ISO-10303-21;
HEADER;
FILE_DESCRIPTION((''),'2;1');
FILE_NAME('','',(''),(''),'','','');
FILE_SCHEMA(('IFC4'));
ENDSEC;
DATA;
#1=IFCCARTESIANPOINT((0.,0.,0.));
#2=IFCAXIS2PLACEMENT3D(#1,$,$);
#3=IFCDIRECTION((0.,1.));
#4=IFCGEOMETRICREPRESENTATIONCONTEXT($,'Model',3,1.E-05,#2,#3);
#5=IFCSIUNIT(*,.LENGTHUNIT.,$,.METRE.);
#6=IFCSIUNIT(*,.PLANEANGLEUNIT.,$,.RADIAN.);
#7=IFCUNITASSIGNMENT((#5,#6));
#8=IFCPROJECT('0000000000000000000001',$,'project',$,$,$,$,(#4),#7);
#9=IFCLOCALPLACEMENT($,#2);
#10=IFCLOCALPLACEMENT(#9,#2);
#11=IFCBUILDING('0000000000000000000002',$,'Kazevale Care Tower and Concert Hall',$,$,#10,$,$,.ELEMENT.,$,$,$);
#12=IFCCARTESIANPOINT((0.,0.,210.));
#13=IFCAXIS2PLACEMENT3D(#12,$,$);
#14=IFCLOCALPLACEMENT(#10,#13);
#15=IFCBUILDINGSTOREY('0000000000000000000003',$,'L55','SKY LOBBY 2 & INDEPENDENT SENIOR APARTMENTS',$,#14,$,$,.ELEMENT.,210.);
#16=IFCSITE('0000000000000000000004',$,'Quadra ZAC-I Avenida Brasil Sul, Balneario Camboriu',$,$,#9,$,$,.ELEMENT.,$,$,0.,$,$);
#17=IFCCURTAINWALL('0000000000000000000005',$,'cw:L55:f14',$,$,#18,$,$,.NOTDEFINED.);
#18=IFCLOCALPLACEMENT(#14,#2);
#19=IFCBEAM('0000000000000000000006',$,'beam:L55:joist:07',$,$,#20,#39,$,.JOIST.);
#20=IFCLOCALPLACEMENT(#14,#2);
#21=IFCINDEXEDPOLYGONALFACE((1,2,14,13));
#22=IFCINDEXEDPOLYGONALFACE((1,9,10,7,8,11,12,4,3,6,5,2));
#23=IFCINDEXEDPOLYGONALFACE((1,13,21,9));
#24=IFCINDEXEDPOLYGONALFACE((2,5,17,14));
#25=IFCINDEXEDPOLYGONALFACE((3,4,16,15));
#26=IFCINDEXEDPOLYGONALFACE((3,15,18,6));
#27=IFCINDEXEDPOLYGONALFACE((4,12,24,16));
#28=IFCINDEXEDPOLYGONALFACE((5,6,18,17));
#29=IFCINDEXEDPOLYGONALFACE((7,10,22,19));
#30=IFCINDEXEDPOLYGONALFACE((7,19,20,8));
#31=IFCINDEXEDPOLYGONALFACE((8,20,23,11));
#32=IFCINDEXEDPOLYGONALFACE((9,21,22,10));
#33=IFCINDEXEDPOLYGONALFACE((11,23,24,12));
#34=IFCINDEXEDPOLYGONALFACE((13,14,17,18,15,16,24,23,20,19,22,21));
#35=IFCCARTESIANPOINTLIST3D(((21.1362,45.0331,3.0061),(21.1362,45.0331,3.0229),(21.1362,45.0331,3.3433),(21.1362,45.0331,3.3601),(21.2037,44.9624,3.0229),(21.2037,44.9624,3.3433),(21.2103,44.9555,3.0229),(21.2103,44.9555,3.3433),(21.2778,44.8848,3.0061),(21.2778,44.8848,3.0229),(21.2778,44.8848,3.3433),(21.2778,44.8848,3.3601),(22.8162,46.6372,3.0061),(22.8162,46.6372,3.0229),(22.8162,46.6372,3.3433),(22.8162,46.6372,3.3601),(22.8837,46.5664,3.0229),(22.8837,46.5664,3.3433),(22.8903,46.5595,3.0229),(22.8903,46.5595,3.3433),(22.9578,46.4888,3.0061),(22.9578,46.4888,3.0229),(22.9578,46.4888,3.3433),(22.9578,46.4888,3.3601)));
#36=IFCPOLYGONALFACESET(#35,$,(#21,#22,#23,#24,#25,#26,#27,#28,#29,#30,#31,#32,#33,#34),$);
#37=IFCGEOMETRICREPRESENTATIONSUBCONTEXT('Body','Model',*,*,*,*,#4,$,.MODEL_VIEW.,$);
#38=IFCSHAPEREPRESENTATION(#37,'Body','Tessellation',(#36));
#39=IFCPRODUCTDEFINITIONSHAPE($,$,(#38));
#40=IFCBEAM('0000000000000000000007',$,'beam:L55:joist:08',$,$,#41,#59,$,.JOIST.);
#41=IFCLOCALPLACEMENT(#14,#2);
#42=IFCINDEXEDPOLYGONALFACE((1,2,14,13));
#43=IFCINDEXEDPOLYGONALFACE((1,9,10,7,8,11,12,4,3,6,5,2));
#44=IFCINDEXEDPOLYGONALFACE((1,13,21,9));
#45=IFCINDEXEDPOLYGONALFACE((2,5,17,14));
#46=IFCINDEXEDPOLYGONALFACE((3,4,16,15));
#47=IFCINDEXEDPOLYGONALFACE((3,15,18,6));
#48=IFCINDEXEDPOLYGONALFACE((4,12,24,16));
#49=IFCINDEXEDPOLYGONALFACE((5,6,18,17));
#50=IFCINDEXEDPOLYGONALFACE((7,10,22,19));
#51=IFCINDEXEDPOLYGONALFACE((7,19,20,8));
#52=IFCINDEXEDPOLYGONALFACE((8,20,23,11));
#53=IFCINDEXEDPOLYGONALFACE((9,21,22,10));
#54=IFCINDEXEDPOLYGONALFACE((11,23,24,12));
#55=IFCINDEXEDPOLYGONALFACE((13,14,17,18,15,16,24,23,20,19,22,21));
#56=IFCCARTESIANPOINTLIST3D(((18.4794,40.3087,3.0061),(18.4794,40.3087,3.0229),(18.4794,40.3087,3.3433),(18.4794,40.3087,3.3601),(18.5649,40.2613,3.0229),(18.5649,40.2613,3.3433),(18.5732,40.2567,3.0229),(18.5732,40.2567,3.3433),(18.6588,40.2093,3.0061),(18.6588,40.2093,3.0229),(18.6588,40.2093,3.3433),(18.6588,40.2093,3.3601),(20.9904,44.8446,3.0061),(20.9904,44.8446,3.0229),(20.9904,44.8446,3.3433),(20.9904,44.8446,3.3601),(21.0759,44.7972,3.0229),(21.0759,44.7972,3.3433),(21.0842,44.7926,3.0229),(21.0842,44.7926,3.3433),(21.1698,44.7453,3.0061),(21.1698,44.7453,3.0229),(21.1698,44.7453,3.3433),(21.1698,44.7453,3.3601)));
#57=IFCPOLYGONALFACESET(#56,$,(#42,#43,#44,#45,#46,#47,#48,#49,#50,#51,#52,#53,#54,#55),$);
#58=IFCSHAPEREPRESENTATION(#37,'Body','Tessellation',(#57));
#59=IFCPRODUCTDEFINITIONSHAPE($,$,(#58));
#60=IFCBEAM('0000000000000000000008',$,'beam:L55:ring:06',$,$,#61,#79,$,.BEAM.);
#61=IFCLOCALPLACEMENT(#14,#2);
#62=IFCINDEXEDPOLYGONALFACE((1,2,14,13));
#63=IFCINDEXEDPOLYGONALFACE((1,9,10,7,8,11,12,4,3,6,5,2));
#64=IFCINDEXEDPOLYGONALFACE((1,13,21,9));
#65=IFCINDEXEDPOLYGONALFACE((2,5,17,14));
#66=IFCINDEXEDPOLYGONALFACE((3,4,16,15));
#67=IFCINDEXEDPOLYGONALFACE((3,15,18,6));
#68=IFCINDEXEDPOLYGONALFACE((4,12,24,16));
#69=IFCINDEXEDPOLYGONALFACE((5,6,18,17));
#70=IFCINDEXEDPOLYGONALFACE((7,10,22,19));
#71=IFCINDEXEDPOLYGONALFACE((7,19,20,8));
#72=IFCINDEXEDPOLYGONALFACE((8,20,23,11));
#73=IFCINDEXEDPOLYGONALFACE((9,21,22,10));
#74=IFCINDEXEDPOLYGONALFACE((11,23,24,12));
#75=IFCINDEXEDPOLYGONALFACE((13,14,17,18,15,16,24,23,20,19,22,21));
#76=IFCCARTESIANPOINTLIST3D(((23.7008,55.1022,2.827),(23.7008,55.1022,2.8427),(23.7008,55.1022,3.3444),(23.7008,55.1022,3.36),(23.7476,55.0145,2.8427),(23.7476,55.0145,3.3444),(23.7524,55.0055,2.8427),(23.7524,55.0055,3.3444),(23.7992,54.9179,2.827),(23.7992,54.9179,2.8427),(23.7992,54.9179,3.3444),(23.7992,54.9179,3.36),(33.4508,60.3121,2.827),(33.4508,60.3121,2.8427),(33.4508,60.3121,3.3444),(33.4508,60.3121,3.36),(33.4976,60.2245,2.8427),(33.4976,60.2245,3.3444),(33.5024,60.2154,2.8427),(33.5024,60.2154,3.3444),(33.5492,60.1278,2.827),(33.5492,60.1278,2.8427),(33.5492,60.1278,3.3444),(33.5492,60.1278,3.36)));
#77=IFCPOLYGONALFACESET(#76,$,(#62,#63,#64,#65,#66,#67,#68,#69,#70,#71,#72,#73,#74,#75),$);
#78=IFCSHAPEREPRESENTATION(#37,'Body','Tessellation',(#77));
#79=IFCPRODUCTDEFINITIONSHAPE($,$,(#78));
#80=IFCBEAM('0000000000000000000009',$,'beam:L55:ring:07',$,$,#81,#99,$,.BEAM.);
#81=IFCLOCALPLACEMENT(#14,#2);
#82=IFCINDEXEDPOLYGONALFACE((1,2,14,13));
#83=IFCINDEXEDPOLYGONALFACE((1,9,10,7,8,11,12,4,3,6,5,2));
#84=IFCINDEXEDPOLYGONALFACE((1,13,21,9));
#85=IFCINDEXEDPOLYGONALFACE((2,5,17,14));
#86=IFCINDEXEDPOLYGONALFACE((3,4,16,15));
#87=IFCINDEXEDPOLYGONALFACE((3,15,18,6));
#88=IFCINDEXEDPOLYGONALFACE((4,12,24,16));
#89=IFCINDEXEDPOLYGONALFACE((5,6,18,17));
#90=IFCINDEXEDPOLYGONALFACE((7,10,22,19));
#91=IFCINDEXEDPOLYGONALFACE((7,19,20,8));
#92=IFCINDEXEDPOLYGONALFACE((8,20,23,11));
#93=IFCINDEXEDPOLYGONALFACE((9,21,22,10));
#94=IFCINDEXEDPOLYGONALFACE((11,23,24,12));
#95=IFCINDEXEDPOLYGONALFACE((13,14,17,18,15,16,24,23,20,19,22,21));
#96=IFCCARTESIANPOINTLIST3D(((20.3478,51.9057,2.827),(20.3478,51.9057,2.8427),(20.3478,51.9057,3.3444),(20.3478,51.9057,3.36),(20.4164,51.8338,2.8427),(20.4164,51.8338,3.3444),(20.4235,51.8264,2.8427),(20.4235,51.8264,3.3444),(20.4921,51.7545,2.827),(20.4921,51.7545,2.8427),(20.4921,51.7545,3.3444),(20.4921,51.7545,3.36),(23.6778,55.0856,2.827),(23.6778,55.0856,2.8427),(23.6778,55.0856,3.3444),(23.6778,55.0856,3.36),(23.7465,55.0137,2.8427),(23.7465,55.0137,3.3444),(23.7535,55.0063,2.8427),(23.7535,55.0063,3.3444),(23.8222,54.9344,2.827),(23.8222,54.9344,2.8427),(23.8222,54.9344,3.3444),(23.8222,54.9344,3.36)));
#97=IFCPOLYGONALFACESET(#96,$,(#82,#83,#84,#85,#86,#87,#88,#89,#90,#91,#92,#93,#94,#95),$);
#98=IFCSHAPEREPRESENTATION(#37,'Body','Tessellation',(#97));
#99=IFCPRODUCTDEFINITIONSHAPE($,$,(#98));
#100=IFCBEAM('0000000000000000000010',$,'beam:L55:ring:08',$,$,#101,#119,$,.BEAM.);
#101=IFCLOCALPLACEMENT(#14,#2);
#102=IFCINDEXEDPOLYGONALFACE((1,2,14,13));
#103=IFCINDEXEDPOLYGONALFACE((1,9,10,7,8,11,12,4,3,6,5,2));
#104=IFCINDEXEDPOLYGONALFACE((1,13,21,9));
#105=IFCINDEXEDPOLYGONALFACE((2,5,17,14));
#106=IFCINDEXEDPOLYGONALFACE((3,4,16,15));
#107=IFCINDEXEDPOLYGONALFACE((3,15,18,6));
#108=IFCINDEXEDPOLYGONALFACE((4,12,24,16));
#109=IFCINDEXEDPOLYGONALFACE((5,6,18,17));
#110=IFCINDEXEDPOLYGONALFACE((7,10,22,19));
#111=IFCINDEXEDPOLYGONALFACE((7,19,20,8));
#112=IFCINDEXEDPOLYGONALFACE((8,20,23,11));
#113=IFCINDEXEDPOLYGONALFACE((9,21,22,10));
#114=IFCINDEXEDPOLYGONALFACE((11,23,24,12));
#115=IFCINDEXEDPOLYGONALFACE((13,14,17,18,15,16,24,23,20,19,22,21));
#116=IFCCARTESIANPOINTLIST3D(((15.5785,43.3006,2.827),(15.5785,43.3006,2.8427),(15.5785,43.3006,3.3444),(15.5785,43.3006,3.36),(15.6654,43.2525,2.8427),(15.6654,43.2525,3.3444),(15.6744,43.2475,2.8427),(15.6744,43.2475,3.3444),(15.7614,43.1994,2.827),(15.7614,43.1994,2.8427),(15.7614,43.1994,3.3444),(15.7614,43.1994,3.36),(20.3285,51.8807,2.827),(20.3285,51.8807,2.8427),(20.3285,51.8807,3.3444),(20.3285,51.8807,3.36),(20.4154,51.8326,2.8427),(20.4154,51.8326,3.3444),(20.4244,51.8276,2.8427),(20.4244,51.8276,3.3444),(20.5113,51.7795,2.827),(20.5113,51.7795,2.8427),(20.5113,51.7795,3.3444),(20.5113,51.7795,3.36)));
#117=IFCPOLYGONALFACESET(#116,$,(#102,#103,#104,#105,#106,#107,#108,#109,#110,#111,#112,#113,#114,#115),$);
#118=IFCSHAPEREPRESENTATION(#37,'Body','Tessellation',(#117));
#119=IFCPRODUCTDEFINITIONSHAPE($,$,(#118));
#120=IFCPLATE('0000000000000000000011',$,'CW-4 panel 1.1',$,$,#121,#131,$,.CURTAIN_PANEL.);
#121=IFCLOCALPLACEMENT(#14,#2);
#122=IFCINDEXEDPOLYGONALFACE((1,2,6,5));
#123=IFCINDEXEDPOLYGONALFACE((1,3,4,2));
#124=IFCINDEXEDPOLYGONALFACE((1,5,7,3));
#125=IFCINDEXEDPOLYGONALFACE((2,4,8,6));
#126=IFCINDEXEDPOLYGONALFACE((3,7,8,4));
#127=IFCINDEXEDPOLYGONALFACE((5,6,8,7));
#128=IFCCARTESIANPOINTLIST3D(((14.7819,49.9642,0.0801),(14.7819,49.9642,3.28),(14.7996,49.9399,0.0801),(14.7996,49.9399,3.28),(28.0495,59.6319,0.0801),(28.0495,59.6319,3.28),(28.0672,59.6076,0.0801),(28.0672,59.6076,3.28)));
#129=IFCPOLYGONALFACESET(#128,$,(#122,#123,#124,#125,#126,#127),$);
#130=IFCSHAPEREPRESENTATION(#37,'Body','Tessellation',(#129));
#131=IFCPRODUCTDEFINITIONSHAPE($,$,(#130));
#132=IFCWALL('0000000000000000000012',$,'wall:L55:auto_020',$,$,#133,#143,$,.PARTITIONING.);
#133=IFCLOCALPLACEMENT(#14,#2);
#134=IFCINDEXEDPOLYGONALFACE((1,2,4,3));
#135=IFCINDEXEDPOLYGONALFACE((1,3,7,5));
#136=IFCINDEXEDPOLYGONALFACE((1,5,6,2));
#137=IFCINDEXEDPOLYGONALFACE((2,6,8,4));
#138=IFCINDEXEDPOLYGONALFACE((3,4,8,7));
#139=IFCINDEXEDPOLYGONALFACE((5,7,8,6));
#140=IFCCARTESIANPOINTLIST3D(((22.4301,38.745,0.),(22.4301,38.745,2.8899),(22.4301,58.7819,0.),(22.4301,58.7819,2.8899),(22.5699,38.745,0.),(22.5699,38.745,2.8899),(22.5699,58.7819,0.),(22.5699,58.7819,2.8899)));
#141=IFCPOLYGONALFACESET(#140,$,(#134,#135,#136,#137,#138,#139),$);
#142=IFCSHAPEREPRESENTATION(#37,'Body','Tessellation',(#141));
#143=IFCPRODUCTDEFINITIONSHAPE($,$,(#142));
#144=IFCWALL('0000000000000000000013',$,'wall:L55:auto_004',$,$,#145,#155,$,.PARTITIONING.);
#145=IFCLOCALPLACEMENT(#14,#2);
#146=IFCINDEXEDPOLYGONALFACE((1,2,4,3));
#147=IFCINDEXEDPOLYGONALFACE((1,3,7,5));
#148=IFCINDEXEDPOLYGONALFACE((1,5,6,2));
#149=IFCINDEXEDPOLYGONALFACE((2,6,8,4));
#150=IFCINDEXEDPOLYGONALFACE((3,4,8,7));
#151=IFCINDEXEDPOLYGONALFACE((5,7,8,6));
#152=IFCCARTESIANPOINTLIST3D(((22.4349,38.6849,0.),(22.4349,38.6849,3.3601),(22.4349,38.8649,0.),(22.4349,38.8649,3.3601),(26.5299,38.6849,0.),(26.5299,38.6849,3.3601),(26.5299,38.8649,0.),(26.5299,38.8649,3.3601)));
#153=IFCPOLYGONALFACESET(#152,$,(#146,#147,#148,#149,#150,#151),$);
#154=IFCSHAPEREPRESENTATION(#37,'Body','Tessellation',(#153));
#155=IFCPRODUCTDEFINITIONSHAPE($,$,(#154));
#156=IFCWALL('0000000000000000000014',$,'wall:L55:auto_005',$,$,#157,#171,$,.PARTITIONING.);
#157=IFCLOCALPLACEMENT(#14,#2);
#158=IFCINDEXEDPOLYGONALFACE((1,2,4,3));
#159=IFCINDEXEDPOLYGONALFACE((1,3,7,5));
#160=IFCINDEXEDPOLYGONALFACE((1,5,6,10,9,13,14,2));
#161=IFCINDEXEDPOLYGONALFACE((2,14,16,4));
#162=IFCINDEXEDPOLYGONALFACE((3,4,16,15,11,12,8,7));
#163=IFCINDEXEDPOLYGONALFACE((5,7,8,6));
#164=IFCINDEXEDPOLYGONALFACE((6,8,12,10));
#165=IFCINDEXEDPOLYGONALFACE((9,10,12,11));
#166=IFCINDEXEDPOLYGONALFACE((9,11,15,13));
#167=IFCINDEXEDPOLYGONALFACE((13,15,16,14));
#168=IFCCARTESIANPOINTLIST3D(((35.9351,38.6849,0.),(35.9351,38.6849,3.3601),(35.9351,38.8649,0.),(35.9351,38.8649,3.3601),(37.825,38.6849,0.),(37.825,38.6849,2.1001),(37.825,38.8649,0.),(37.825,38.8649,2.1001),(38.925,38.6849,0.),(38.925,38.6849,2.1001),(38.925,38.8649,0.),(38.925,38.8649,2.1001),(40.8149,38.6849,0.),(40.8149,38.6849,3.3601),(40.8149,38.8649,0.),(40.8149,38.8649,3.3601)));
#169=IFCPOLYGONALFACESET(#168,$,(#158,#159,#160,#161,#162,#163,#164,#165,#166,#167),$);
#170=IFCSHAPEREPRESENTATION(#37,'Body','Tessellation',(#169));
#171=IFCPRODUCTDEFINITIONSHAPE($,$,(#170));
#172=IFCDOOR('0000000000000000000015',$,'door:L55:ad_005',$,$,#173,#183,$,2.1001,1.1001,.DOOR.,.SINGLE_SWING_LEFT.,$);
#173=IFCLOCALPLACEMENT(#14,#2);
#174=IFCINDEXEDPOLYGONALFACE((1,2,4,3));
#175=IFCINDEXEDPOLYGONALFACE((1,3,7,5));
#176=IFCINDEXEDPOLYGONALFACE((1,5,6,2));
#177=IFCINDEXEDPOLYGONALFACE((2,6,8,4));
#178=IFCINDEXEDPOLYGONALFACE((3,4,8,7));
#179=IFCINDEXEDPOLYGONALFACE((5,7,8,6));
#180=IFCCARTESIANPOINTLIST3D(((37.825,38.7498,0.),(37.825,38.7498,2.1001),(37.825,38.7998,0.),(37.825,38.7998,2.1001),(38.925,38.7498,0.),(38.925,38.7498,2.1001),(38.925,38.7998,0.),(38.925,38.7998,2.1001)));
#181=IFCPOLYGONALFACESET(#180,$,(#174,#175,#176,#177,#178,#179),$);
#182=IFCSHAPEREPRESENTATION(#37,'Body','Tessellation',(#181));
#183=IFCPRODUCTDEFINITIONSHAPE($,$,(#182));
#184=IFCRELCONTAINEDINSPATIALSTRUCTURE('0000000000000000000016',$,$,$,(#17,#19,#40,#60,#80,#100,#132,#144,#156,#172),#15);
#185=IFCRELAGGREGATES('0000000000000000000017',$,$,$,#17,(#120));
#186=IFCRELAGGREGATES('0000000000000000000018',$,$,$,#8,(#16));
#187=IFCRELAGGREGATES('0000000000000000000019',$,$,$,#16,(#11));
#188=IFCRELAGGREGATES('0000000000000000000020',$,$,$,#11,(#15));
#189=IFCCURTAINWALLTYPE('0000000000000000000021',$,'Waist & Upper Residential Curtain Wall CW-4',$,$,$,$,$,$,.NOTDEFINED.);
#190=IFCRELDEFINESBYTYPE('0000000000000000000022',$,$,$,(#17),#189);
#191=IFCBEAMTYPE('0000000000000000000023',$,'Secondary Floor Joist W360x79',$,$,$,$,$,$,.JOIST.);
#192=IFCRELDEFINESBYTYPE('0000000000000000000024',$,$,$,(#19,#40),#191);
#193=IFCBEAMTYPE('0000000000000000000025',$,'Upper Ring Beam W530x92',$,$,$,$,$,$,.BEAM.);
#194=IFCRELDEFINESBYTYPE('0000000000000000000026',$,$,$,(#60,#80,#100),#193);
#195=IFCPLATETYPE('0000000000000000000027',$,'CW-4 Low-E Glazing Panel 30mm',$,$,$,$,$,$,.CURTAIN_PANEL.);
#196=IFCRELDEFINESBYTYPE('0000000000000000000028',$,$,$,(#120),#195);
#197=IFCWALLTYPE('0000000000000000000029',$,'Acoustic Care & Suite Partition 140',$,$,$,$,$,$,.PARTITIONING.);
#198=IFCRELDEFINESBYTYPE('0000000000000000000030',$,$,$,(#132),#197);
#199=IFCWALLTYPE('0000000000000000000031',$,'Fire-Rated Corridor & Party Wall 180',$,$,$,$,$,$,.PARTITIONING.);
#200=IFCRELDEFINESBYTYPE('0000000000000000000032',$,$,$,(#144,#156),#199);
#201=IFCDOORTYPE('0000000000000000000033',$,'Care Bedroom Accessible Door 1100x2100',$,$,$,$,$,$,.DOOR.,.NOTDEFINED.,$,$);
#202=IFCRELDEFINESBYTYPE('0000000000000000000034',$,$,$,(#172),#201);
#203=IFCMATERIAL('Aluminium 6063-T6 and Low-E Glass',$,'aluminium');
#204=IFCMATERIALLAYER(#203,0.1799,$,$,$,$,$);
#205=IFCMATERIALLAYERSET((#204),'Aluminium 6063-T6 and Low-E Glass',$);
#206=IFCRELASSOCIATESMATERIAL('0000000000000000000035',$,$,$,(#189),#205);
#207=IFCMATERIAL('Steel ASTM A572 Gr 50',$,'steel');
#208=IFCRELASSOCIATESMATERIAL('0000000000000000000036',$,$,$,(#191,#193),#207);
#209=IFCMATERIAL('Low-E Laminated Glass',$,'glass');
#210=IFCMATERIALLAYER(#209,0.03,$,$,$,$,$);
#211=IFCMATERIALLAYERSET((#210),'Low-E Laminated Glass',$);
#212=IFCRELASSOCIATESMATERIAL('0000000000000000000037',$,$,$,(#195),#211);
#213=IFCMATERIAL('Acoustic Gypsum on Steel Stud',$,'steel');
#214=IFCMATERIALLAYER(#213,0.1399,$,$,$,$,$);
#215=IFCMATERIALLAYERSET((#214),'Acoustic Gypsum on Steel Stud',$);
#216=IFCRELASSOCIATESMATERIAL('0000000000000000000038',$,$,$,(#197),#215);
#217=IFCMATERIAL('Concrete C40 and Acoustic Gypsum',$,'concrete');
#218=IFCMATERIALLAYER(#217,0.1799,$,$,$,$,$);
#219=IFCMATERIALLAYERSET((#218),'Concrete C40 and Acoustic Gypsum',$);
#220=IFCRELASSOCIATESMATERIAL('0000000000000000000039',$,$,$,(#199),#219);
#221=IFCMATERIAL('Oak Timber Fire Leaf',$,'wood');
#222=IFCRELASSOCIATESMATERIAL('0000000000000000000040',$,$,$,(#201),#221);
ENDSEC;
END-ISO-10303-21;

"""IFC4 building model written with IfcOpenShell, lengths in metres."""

from ifc_helpers import new_model, si_unit, direction, frame, frame_2d, origin, origin_2d, place, context, subcontext, project, spatial, rectangle, i_section, extrude, material, layer, layer_set, material_profile, profile_set, type_object, element, fill, aggregate, save


model = new_model("IFC4")

# Units and contexts
model_context = context("Model", 3, precision=1e-05, world=origin(), true_north=direction((0.0, 1.0)))
body_context = subcontext(model_context, "Body", "Model", "MODEL_VIEW")
ifc_project = project(units=[si_unit("LENGTHUNIT", "METRE"), si_unit("PLANEANGLEUNIT", "RADIAN")], contexts=[model_context])

# Site, building, storey
site_placement = place(None, origin())
site = spatial("IfcSite", under=ifc_project, at=site_placement, Name="Quadra ZAC-I Avenida Brasil Sul, Balneario Camboriu", CompositionType="ELEMENT", RefElevation=0.0)
building_placement = place(site_placement, origin())
building = spatial("IfcBuilding", under=site, at=building_placement, Name="Kazevale Care Tower and Concert Hall", CompositionType="ELEMENT")
storey_placement = place(building_placement, frame((0.0, 0.0, 210.0)))
storey = spatial("IfcBuildingStorey", under=building, at=storey_placement, Name="L55", Description="SKY LOBBY 2 & INDEPENDENT SENIOR APARTMENTS", CompositionType="ELEMENT", Elevation=210.0)

# Curtain wall
ifc_material_1 = material(Name="Aluminium 6063-T6 and Low-E Glass", Category="aluminium")
ifc_layer_1 = layer(ifc_material_1, 0.1799)
ifc_layer_set_1 = layer_set([ifc_layer_1], Name="Aluminium 6063-T6 and Low-E Glass")
curtain_wall_type = type_object("IfcCurtainWallType", Name="Waist & Upper Residential Curtain Wall CW-4", PredefinedType="NOTDEFINED", material=ifc_layer_set_1)
curtain_wall_placement = place(storey_placement, origin())
curtain_wall = element("IfcCurtainWall", 1, at=curtain_wall_placement, inside=storey, type_object=curtain_wall_type, Name="cw:L55:f14", PredefinedType="NOTDEFINED")

# Beams
ifc_material_2 = material(Name="Steel ASTM A572 Gr 50", Category="steel")
ifc_material_profile_1 = material_profile(ifc_material_2, i_section(OverallWidth=0.2051, OverallDepth=0.354, WebThickness=0.0095, FlangeThickness=0.0168, at=origin_2d()), Name="W360x79")
ifc_profile_set_1 = profile_set([ifc_material_profile_1], Name="Steel ASTM A572 Gr 50")
beam_type_1 = type_object("IfcBeamType", Name="Secondary Floor Joist W360x79", PredefinedType="JOIST", material=ifc_profile_set_1)
beam_1_placement = place(storey_placement, frame((22.887, 46.563, 3.1831), z_axis=(-0.723262, -0.690573, 0.0), x_axis=(0.690573, -0.723262, 0.0)))
element("IfcBeam", 2, at=beam_1_placement, inside=storey, type_object=beam_type_1, Name="beam:L55:joist:07", PredefinedType="JOIST", context=body_context, shape_type="SweptSolid", body=[
    extrude(i_section(OverallWidth=0.2051, OverallDepth=0.354, WebThickness=0.0095, FlangeThickness=0.0168, at=origin_2d()), origin(), (0.0, 0.0, 1.0), 2.3228),
])
beam_2_placement = place(storey_placement, frame((21.0801, 44.7949, 3.1831), z_axis=(-0.484323, -0.874889, 0.0), x_axis=(0.874889, -0.484323, 0.0)))
element("IfcBeam", 3, at=beam_2_placement, inside=storey, type_object=beam_type_1, Name="beam:L55:joist:08", PredefinedType="JOIST", context=body_context, shape_type="SweptSolid", body=[
    extrude(i_section(OverallWidth=0.2051, OverallDepth=0.354, WebThickness=0.0095, FlangeThickness=0.0168, at=origin_2d()), origin(), (0.0, 0.0, 1.0), 5.1846),
])
ifc_material_profile_2 = material_profile(ifc_material_2, i_section(OverallWidth=0.209, OverallDepth=0.533, WebThickness=0.0103, FlangeThickness=0.0156, at=origin_2d()), Name="W530x92")
ifc_profile_set_2 = profile_set([ifc_material_profile_2], Name="Steel ASTM A572 Gr 50")
beam_type_2 = type_object("IfcBeamType", Name="Upper Ring Beam W530x92", PredefinedType="BEAM", material=ifc_profile_set_2)
beam_3_placement = place(storey_placement, frame((33.5, 60.22, 3.0935), z_axis=(-0.881979, -0.47129, 0.0), x_axis=(0.47129, -0.881979, 0.0)))
element("IfcBeam", 4, at=beam_3_placement, inside=storey, type_object=beam_type_2, Name="beam:L55:ring:06", PredefinedType="BEAM", context=body_context, shape_type="SweptSolid", body=[
    extrude(i_section(OverallWidth=0.209, OverallDepth=0.533, WebThickness=0.0103, FlangeThickness=0.0156, at=origin_2d()), origin(), (0.0, 0.0, 1.0), 11.0547),
])
beam_4_placement = place(storey_placement, frame((23.75, 55.01, 3.0935), z_axis=(-0.723223, -0.690614, 0.0), x_axis=(0.690614, -0.723223, 0.0)))
element("IfcBeam", 5, at=beam_4_placement, inside=storey, type_object=beam_type_2, Name="beam:L55:ring:07", PredefinedType="BEAM", context=body_context, shape_type="SweptSolid", body=[
    extrude(i_section(OverallWidth=0.209, OverallDepth=0.533, WebThickness=0.0103, FlangeThickness=0.0156, at=origin_2d()), origin(), (0.0, 0.0, 1.0), 4.6045),
])
beam_5_placement = place(storey_placement, frame((20.4199, 51.8301, 3.0935), z_axis=(-0.48434, -0.87488, 0.0), x_axis=(0.87488, -0.48434, 0.0)))
element("IfcBeam", 6, at=beam_5_placement, inside=storey, type_object=beam_type_2, Name="beam:L55:ring:08", PredefinedType="BEAM", context=body_context, shape_type="SweptSolid", body=[
    extrude(i_section(OverallWidth=0.209, OverallDepth=0.533, WebThickness=0.0103, FlangeThickness=0.0156, at=origin_2d()), origin(), (0.0, 0.0, 1.0), 9.8071),
])

# Plate
ifc_material_3 = material(Name="Low-E Laminated Glass", Category="glass")
ifc_layer_2 = layer(ifc_material_3, 0.03)
ifc_layer_set_2 = layer_set([ifc_layer_2], Name="Low-E Laminated Glass")
plate_type = type_object("IfcPlateType", Name="CW-4 Low-E Glazing Panel 30mm", PredefinedType="CURTAIN_PANEL", material=ifc_layer_set_2)
plate_placement = place(storey_placement, frame((21.4246, 54.7859, 0.0801), z_axis=(0.0, 0.0, 1.0), x_axis=(0.808198, 0.58891, 0.0)))
plate = element("IfcPlate", 7, at=plate_placement, type_object=plate_type, Name="CW-4 panel 1.1", PredefinedType="CURTAIN_PANEL", context=body_context, shape_type="SweptSolid", body=[
    extrude(rectangle(XDim=16.4163, YDim=0.03, at=origin_2d()), origin(), (0.0, 0.0, 1.0), 3.2),
])
aggregate(curtain_wall, [plate])

# Walls
ifc_material_4 = material(Name="Acoustic Gypsum on Steel Stud", Category="steel")
ifc_layer_3 = layer(ifc_material_4, 0.1399)
ifc_layer_set_3 = layer_set([ifc_layer_3], Name="Acoustic Gypsum on Steel Stud")
wall_type_1 = type_object("IfcWallType", Name="Acoustic Care & Suite Partition 140", PredefinedType="PARTITIONING", material=ifc_layer_set_3)
wall_1_placement = place(storey_placement, frame((22.5, 58.782, 0.0), z_axis=(0.0, 0.0, 1.0), x_axis=(0.0, -1.0, 0.0)))
element("IfcWall", 8, at=wall_1_placement, inside=storey, type_object=wall_type_1, Name="wall:L55:auto_020", PredefinedType="PARTITIONING", context=body_context, shape_type="SweptSolid", body=[
    extrude(rectangle(XDim=20.0369, YDim=0.1399, at=frame_2d((10.0186, 0.0))), origin(), (0.0, 0.0, 1.0), 2.8899),
])
ifc_material_5 = material(Name="Concrete C40 and Acoustic Gypsum", Category="concrete")
ifc_layer_4 = layer(ifc_material_5, 0.1799)
ifc_layer_set_4 = layer_set([ifc_layer_4], Name="Concrete C40 and Acoustic Gypsum")
wall_type_2 = type_object("IfcWallType", Name="Fire-Rated Corridor & Party Wall 180", PredefinedType="PARTITIONING", material=ifc_layer_set_4)
wall_2_placement = place(storey_placement, frame((22.4351, 38.7749, 0.0), z_axis=(0.0, 0.0, 1.0), x_axis=(1.0, 0.0, 0.0)))
element("IfcWall", 9, at=wall_2_placement, inside=storey, type_object=wall_type_2, Name="wall:L55:auto_004", PredefinedType="PARTITIONING", context=body_context, shape_type="SweptSolid", body=[
    extrude(rectangle(XDim=4.095, YDim=0.1799, at=frame_2d((2.0474, 0.0))), origin(), (0.0, 0.0, 1.0), 3.3601),
])

# Wall, opening, door
wall_3_placement = place(storey_placement, frame((35.9351, 38.7749, 0.0), z_axis=(0.0, 0.0, 1.0), x_axis=(1.0, 0.0, 0.0)))
wall_3 = element("IfcWall", 10, at=wall_3_placement, inside=storey, type_object=wall_type_2, Name="wall:L55:auto_005", PredefinedType="PARTITIONING", context=body_context, shape_type="SweptSolid", body=[
    extrude(rectangle(XDim=4.8799, YDim=0.1799, at=frame_2d((2.4399, 0.0))), origin(), (0.0, 0.0, 1.0), 3.3601),
])
opening_1_placement = place(wall_3_placement, frame((1.8899, 0.0, 0.0)))
opening_1 = element("IfcOpeningElement", 11, at=opening_1_placement, cuts=wall_3, PredefinedType="OPENING", context=body_context, shape_type="SweptSolid", body=[
    extrude(rectangle(XDim=1.1001, YDim=2.1001, at=frame_2d((0.55, 1.05))), frame((0.0, 0.0999, 0.0), z_axis=(0.0, -1.0, 0.0), x_axis=(1.0, 0.0, 0.0)), (0.0, 0.0, 1.0), 0.2),
])
ifc_material_6 = material(Name="Oak Timber Fire Leaf", Category="wood")
door_type = type_object("IfcDoorType", Name="Care Bedroom Accessible Door 1100x2100", OperationType="NOTDEFINED", PredefinedType="DOOR", material=ifc_material_6)
door_placement = place(opening_1_placement, origin())
door = element("IfcDoor", 12, at=door_placement, inside=storey, type_object=door_type, Name="door:L55:ad_005", OperationType="SINGLE_SWING_LEFT", OverallHeight=2.1001, OverallWidth=1.1001, PredefinedType="DOOR", context=body_context, shape_type="SweptSolid", body=[
    extrude(rectangle(XDim=1.1001, YDim=2.1001, at=frame_2d((0.55, 1.05))), frame((0.0, 0.0249, 0.0), z_axis=(0.0, -1.0, 0.0), x_axis=(1.0, 0.0, 0.0)), (0.0, 0.0, 1.0), 0.05),
])
fill(opening_1, door)

save(model, "model.ifc")
